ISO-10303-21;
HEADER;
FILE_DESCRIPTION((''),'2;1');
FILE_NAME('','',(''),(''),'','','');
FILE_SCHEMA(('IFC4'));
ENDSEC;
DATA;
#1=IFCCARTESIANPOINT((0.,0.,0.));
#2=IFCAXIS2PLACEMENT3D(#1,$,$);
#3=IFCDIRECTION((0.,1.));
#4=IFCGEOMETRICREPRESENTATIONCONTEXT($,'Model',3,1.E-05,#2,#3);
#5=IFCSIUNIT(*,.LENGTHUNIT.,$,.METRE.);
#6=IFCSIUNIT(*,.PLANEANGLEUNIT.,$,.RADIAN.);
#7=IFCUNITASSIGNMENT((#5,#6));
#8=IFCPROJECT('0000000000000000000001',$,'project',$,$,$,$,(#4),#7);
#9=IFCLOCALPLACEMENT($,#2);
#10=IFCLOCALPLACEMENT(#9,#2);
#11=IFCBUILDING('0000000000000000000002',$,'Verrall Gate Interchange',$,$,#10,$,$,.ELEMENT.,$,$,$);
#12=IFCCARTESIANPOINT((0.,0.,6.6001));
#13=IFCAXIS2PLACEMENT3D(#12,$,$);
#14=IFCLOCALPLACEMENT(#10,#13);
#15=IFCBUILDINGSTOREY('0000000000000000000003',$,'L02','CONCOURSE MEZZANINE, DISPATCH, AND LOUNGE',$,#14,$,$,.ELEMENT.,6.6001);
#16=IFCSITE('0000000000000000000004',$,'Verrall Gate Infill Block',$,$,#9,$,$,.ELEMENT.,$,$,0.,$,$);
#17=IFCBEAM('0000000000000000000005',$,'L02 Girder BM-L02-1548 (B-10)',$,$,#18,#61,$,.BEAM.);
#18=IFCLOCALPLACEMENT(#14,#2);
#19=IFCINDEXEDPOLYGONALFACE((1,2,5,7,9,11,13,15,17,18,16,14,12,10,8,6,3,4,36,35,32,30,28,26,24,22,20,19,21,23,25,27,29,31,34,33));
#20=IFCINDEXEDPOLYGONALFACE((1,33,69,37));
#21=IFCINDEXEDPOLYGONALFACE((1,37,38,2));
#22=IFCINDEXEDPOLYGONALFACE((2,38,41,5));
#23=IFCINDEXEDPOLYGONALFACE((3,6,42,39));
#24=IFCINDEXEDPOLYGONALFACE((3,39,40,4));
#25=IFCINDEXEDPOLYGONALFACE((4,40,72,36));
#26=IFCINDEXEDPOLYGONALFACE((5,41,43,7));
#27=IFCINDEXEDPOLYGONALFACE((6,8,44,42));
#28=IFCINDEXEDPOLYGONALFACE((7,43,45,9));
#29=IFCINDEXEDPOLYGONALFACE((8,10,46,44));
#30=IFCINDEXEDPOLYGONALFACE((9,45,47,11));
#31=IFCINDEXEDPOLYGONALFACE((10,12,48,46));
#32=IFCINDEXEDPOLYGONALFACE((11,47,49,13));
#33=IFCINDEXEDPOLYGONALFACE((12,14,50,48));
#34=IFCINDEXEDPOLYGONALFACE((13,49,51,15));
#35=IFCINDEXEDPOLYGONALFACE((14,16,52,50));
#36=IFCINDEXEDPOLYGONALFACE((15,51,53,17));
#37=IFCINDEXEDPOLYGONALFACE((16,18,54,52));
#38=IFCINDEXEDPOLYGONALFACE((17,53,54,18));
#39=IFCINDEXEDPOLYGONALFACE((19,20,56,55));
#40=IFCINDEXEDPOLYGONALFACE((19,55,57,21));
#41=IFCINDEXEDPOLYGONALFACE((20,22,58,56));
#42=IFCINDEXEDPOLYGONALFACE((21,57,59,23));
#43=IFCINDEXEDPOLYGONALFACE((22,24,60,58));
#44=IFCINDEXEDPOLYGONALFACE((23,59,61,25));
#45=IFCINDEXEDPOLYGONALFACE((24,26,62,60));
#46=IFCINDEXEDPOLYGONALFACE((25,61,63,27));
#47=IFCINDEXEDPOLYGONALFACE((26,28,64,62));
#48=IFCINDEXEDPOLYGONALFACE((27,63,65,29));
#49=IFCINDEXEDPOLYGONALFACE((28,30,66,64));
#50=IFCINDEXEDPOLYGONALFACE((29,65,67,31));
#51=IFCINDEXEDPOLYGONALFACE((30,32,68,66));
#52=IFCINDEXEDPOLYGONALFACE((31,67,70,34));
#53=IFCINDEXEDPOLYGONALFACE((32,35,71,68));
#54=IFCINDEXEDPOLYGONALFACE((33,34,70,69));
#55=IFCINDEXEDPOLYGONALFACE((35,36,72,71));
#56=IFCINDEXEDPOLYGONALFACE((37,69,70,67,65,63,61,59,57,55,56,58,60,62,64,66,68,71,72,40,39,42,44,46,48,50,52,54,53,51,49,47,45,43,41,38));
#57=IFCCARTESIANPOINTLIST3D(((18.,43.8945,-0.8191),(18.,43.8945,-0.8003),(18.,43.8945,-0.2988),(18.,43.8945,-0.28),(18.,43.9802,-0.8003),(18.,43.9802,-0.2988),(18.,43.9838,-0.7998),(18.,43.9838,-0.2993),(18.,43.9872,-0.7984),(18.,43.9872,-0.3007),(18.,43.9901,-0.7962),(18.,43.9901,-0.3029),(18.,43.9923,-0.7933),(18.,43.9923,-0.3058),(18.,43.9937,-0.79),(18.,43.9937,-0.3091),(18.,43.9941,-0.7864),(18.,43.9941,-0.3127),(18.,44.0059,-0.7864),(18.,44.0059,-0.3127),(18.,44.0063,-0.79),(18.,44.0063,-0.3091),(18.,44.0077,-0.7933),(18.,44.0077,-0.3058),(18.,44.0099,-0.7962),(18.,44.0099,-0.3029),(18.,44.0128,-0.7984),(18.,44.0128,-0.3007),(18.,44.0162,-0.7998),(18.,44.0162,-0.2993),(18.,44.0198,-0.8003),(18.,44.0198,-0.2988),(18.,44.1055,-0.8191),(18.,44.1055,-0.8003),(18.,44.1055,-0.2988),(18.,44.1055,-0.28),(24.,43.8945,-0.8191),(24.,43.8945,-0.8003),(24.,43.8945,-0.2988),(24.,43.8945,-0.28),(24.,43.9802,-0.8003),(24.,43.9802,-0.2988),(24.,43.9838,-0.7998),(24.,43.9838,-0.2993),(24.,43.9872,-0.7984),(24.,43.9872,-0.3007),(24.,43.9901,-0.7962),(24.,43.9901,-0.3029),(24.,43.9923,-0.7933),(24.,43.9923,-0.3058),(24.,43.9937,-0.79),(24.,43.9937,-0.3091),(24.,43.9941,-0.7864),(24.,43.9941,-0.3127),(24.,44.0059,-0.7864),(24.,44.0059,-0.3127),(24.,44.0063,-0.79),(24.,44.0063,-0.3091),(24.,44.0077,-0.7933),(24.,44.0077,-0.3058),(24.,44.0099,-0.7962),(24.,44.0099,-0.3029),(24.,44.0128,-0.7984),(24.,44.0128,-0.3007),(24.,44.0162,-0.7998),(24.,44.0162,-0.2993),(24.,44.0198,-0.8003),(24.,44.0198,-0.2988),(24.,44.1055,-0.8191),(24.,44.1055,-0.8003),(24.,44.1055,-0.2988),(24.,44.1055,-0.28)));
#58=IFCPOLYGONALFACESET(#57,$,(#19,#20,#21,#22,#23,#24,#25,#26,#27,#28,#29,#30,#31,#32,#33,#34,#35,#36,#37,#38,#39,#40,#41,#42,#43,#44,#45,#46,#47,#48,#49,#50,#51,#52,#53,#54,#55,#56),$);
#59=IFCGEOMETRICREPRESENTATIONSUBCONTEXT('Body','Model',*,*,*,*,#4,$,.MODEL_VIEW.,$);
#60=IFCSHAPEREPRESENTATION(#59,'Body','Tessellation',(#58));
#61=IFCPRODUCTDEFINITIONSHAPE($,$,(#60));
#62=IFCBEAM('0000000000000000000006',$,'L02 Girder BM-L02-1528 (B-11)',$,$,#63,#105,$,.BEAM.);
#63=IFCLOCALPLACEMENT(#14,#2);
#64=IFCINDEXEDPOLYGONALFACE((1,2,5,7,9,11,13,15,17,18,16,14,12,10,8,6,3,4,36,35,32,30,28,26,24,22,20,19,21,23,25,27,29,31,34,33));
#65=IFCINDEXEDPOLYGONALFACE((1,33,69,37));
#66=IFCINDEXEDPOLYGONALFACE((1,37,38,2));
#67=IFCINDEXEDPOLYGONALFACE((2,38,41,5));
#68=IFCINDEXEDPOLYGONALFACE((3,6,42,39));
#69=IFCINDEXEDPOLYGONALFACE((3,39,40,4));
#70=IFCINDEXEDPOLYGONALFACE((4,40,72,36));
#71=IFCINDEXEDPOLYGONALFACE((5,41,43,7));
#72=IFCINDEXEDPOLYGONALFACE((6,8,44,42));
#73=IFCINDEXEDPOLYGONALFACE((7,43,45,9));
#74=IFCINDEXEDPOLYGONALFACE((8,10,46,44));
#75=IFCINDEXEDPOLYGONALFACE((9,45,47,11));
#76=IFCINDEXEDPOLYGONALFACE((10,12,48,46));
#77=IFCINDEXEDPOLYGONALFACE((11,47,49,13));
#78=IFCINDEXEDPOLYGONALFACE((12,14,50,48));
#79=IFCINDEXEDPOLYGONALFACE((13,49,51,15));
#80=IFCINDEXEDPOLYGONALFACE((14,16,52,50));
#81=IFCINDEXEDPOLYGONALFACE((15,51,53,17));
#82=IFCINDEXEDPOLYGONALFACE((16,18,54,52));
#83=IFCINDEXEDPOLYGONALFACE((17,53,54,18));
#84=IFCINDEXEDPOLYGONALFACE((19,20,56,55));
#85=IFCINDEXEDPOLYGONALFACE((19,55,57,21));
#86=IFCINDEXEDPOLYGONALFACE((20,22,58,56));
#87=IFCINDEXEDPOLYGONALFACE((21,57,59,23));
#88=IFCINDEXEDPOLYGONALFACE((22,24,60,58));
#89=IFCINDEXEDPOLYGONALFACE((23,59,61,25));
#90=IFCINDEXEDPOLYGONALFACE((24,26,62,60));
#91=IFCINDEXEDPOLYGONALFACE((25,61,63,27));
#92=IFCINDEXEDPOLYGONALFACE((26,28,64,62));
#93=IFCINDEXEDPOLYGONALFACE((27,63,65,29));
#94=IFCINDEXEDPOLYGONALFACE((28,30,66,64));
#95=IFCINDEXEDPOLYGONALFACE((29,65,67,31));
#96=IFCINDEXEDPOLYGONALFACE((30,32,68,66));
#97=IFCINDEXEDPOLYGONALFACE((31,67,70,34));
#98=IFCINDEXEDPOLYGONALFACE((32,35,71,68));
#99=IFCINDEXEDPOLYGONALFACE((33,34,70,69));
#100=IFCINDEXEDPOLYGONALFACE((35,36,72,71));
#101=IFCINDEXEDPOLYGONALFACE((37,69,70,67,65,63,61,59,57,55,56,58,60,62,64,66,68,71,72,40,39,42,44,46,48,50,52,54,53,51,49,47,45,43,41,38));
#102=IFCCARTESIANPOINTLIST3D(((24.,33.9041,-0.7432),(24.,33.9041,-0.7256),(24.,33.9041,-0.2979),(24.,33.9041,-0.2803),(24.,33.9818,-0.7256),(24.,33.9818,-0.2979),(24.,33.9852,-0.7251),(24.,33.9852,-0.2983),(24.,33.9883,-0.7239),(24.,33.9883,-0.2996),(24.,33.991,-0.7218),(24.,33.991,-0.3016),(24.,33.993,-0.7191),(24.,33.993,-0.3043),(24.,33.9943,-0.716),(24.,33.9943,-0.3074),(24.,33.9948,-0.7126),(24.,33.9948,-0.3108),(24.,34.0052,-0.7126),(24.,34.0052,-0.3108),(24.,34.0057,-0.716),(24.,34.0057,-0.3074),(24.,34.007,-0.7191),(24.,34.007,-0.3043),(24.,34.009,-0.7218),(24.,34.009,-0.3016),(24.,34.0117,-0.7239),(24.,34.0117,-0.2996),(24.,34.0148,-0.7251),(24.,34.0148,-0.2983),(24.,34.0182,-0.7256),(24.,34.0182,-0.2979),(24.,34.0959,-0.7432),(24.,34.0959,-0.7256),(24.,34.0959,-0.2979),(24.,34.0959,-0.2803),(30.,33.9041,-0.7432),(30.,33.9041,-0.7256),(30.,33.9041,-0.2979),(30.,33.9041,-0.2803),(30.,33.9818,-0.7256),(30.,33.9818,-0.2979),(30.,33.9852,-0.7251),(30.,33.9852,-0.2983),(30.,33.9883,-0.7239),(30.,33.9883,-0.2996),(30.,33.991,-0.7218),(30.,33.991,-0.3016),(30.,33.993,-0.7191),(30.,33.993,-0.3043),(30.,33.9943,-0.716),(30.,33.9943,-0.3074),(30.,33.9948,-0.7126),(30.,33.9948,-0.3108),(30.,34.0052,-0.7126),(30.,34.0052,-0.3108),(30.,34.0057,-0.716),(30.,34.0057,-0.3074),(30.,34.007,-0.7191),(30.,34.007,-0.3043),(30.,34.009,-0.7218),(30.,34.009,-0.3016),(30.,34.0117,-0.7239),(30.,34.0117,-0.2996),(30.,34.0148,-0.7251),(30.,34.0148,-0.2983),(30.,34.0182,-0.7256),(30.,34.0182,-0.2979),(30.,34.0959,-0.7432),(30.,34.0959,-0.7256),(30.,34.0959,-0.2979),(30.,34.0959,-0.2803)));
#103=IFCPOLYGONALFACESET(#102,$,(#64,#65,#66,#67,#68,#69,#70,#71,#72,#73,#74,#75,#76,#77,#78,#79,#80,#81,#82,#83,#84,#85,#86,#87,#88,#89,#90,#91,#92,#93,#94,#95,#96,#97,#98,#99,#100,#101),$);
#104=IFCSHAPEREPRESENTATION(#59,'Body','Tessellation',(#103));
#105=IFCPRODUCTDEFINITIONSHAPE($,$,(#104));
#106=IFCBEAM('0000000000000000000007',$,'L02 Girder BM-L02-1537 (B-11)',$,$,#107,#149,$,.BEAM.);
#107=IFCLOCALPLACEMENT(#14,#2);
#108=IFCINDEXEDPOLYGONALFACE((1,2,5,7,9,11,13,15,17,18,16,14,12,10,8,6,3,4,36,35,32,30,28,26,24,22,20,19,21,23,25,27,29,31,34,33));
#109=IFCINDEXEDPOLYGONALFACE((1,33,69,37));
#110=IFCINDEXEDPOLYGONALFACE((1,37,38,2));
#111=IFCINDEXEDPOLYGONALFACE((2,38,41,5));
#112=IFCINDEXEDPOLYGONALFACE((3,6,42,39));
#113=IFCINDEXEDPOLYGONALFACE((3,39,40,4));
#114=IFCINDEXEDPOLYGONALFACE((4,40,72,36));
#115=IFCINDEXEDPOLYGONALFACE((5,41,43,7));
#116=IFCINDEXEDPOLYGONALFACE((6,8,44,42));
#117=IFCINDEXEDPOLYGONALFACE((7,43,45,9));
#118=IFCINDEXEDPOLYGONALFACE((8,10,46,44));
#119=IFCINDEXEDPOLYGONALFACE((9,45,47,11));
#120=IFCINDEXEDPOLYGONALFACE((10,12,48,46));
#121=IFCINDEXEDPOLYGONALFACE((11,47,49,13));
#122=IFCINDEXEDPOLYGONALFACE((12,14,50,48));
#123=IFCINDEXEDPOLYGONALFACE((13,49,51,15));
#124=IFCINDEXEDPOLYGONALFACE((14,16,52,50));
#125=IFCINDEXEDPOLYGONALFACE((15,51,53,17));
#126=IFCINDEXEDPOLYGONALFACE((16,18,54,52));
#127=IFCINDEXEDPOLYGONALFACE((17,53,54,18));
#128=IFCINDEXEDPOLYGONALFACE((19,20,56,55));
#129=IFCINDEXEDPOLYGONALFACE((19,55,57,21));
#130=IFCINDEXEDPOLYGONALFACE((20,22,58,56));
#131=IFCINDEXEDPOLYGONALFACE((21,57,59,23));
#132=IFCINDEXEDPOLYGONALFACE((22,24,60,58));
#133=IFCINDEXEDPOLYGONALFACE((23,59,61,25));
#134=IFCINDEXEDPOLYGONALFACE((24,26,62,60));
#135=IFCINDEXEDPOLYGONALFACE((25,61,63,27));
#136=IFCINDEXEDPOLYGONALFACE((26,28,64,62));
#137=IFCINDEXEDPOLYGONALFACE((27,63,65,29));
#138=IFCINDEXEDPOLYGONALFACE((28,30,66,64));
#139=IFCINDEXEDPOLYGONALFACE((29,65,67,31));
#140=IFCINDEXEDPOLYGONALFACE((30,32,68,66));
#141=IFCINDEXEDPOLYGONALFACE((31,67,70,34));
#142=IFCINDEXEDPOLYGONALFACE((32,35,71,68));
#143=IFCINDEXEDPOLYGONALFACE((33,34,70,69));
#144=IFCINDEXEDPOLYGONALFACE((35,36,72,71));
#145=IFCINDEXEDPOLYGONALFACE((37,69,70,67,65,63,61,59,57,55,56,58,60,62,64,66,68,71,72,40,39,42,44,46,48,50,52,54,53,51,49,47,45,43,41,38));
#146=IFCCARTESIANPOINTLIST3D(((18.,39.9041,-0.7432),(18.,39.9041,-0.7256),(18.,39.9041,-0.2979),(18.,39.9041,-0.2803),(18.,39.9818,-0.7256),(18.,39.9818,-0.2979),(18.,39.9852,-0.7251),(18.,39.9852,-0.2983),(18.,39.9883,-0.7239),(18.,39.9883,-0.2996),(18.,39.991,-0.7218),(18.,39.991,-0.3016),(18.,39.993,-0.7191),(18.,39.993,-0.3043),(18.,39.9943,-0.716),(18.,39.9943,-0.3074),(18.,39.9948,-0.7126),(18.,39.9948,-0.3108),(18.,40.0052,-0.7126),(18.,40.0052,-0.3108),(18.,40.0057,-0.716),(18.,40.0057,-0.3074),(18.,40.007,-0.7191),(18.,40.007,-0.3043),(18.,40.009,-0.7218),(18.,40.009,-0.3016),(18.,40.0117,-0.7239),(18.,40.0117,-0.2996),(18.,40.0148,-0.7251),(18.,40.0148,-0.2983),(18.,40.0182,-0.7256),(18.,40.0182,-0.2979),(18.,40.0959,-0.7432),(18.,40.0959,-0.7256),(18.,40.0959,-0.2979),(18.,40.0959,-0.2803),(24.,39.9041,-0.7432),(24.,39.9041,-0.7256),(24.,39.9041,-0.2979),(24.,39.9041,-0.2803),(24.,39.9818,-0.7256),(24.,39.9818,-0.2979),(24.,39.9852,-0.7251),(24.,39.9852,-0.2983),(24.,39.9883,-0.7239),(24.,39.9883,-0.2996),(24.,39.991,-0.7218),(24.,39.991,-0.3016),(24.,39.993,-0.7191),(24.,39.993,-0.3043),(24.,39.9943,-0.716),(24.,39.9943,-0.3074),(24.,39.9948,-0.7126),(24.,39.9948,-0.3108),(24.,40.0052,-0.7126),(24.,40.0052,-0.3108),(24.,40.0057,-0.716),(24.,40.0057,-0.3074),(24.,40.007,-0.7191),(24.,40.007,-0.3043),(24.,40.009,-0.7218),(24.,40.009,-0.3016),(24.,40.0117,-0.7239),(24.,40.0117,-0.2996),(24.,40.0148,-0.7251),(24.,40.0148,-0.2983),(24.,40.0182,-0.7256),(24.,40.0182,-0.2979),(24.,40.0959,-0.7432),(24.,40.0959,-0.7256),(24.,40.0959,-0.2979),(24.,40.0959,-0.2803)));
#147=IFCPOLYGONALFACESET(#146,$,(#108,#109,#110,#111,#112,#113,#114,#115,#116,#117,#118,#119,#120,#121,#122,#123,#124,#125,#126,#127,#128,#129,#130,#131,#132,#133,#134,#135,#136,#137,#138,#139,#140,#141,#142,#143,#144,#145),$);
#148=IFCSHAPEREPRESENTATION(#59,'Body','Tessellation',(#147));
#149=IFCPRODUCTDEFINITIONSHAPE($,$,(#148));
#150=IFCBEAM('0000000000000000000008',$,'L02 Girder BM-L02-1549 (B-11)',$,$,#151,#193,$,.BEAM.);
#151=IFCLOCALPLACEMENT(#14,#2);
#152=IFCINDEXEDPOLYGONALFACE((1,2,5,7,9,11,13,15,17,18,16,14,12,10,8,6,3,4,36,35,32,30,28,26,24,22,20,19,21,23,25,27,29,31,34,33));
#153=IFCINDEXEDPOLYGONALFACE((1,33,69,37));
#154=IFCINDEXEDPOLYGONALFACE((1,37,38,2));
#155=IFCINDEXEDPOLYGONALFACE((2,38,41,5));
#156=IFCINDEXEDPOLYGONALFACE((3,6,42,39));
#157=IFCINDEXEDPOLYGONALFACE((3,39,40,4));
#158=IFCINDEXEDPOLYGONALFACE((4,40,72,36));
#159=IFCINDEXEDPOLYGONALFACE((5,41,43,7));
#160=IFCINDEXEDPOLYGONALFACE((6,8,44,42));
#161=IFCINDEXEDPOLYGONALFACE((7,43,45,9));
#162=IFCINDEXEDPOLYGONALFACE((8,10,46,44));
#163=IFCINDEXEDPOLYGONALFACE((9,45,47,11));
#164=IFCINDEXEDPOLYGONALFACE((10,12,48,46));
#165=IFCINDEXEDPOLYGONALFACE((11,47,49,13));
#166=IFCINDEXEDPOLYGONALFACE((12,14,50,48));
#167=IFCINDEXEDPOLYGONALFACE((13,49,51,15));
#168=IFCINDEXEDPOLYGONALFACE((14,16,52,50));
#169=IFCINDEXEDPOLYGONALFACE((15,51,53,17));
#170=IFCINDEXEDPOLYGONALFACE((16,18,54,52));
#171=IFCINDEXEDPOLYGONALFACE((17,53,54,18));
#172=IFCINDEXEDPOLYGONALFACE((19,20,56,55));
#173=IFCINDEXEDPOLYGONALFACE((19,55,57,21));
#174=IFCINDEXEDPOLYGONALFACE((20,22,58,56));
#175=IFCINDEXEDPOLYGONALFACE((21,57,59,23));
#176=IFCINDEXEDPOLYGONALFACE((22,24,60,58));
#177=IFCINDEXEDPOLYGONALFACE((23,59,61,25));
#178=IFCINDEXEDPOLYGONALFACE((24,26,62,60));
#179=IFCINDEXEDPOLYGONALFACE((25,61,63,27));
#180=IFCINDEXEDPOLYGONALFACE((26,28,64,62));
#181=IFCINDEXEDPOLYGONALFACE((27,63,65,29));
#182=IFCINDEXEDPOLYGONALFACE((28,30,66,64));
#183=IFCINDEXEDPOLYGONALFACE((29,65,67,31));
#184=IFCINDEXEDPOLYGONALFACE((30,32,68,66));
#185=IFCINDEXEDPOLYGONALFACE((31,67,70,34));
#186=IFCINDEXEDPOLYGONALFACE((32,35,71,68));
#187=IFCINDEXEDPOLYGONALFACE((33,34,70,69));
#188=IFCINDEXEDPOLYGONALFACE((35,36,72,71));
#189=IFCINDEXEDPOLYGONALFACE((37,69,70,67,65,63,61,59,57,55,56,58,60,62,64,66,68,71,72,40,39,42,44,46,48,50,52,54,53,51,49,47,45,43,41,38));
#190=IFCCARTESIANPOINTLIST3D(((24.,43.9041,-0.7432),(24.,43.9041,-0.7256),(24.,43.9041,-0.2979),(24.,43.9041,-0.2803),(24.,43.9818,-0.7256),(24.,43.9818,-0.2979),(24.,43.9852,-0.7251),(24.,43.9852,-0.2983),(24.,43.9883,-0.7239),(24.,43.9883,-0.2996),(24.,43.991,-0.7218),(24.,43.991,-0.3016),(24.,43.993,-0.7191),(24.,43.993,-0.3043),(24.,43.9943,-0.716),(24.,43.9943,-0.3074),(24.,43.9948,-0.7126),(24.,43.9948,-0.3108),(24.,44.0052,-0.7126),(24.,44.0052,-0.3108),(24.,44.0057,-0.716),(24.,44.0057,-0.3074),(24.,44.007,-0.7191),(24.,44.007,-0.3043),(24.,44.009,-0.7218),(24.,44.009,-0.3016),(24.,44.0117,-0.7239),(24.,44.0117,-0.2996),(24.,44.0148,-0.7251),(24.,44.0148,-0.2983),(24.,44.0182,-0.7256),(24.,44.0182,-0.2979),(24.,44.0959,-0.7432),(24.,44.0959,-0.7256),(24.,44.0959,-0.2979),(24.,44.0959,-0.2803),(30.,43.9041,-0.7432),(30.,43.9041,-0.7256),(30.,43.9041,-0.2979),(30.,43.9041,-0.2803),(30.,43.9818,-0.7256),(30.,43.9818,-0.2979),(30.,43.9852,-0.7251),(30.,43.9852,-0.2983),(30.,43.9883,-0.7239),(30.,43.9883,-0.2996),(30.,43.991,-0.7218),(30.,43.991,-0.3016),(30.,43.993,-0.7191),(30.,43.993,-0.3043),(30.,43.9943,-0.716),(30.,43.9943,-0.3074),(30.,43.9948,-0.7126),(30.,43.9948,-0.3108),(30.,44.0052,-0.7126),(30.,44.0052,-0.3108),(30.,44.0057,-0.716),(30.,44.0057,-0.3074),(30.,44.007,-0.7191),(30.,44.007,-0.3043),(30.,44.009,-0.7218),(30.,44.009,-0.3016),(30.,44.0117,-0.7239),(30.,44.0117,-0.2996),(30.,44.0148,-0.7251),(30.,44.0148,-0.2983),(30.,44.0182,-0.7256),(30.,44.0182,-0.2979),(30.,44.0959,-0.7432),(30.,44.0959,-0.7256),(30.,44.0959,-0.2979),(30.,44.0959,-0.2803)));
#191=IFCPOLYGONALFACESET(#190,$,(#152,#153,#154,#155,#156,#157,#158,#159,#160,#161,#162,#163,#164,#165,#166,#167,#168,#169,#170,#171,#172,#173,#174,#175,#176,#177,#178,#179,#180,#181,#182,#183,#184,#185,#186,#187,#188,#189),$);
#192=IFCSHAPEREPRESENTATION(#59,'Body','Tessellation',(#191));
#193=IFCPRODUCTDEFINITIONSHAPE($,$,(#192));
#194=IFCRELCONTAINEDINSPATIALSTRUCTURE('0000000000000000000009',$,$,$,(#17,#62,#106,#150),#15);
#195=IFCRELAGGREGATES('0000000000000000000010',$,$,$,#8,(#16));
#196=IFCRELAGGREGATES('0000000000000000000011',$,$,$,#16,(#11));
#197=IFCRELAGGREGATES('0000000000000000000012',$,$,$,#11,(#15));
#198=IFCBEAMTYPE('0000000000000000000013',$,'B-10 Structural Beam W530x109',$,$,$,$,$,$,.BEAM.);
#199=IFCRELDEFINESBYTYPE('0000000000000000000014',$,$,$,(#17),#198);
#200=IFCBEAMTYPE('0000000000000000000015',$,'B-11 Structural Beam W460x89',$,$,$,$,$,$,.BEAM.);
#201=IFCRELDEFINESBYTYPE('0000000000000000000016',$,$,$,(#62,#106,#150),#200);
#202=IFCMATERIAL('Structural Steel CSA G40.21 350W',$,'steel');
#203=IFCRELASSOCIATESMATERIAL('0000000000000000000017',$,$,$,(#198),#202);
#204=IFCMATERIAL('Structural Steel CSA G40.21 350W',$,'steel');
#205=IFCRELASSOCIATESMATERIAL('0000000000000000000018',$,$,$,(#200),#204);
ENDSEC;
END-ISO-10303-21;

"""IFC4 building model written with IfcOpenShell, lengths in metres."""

from ifc_helpers import new_model, si_unit, direction, frame, origin, origin_2d, place, context, subcontext, project, spatial, i_section, extrude, material, material_profile, profile_set, type_object, element, save


model = new_model("IFC4")

# Units and contexts
model_context = context("Model", 3, precision=1e-05, world=origin(), true_north=direction((0.0, 1.0)))
body_context = subcontext(model_context, "Body", "Model", "MODEL_VIEW")
ifc_project = project(units=[si_unit("LENGTHUNIT", "METRE"), si_unit("PLANEANGLEUNIT", "RADIAN")], contexts=[model_context])

# Site, building, storey
site_placement = place(None, origin())
site = spatial("IfcSite", under=ifc_project, at=site_placement, Name="Verrall Gate Infill Block", CompositionType="ELEMENT", RefElevation=0.0)
building_placement = place(site_placement, origin())
building = spatial("IfcBuilding", under=site, at=building_placement, Name="Verrall Gate Interchange", CompositionType="ELEMENT")
storey_placement = place(building_placement, frame((0.0, 0.0, 6.6001)))
storey = spatial("IfcBuildingStorey", under=building, at=storey_placement, Name="L02", Description="CONCOURSE MEZZANINE, DISPATCH, AND LOUNGE", CompositionType="ELEMENT", Elevation=6.6001)

# Beams
ifc_material_1 = material(Name="Structural Steel CSA G40.21 350W", Category="steel")
ifc_material_profile_1 = material_profile(ifc_material_1, i_section(OverallWidth=0.2109, OverallDepth=0.5391, WebThickness=0.0117, FlangeThickness=0.0188, FilletRadius=0.0139, at=origin_2d()), Name="W530x109")
ifc_profile_set_1 = profile_set([ifc_material_profile_1], Name="Structural Steel CSA G40.21 350W")
beam_type_1 = type_object("IfcBeamType", Name="B-10 Structural Beam W530x109", PredefinedType="BEAM", material=ifc_profile_set_1)
for number, where, z_axis, x_axis, name in (
    (1, (18.0, 44.0, -0.5496), (1.0, 0.0, 0.0), (0.0, 1.0, 0.0), "L02 Girder BM-L02-1548 (B-10)"),
):
    element("IfcBeam", number, at=place(storey_placement, frame(where, z_axis=z_axis, x_axis=x_axis)), inside=storey, type_object=beam_type_1, Name=name, PredefinedType="BEAM", context=body_context, shape_type="SweptSolid", body=[
        extrude(i_section(OverallWidth=0.2109, OverallDepth=0.5391, WebThickness=0.0117, FlangeThickness=0.0188, FilletRadius=0.0139, at=origin_2d()), origin(), (0.0, 0.0, 1.0), 6.0),
    ])
ifc_material_2 = material(Name="Structural Steel CSA G40.21 350W", Category="steel")
ifc_material_profile_2 = material_profile(ifc_material_2, i_section(OverallWidth=0.1919, OverallDepth=0.4629, WebThickness=0.0105, FlangeThickness=0.0176, FilletRadius=0.0129, at=origin_2d()), Name="W460x89")
ifc_profile_set_2 = profile_set([ifc_material_profile_2], Name="Structural Steel CSA G40.21 350W")
beam_type_2 = type_object("IfcBeamType", Name="B-11 Structural Beam W460x89", PredefinedType="BEAM", material=ifc_profile_set_2)
for number, where, z_axis, x_axis, name in (
    (2, (24.0, 34.0, -0.5117), (1.0, 0.0, 0.0), (0.0, 1.0, 0.0), "L02 Girder BM-L02-1528 (B-11)"),
    (3, (18.0, 40.0, -0.5117), (1.0, 0.0, 0.0), (0.0, 1.0, 0.0), "L02 Girder BM-L02-1537 (B-11)"),
    (4, (24.0, 44.0, -0.5117), (1.0, 0.0, 0.0), (0.0, 1.0, 0.0), "L02 Girder BM-L02-1549 (B-11)"),
):
    element("IfcBeam", number, at=place(storey_placement, frame(where, z_axis=z_axis, x_axis=x_axis)), inside=storey, type_object=beam_type_2, Name=name, PredefinedType="BEAM", context=body_context, shape_type="SweptSolid", body=[
        extrude(i_section(OverallWidth=0.1919, OverallDepth=0.4629, WebThickness=0.0105, FlangeThickness=0.0176, FilletRadius=0.0129, at=origin_2d()), origin(), (0.0, 0.0, 1.0), 6.0),
    ])

save(model, "model.ifc")
